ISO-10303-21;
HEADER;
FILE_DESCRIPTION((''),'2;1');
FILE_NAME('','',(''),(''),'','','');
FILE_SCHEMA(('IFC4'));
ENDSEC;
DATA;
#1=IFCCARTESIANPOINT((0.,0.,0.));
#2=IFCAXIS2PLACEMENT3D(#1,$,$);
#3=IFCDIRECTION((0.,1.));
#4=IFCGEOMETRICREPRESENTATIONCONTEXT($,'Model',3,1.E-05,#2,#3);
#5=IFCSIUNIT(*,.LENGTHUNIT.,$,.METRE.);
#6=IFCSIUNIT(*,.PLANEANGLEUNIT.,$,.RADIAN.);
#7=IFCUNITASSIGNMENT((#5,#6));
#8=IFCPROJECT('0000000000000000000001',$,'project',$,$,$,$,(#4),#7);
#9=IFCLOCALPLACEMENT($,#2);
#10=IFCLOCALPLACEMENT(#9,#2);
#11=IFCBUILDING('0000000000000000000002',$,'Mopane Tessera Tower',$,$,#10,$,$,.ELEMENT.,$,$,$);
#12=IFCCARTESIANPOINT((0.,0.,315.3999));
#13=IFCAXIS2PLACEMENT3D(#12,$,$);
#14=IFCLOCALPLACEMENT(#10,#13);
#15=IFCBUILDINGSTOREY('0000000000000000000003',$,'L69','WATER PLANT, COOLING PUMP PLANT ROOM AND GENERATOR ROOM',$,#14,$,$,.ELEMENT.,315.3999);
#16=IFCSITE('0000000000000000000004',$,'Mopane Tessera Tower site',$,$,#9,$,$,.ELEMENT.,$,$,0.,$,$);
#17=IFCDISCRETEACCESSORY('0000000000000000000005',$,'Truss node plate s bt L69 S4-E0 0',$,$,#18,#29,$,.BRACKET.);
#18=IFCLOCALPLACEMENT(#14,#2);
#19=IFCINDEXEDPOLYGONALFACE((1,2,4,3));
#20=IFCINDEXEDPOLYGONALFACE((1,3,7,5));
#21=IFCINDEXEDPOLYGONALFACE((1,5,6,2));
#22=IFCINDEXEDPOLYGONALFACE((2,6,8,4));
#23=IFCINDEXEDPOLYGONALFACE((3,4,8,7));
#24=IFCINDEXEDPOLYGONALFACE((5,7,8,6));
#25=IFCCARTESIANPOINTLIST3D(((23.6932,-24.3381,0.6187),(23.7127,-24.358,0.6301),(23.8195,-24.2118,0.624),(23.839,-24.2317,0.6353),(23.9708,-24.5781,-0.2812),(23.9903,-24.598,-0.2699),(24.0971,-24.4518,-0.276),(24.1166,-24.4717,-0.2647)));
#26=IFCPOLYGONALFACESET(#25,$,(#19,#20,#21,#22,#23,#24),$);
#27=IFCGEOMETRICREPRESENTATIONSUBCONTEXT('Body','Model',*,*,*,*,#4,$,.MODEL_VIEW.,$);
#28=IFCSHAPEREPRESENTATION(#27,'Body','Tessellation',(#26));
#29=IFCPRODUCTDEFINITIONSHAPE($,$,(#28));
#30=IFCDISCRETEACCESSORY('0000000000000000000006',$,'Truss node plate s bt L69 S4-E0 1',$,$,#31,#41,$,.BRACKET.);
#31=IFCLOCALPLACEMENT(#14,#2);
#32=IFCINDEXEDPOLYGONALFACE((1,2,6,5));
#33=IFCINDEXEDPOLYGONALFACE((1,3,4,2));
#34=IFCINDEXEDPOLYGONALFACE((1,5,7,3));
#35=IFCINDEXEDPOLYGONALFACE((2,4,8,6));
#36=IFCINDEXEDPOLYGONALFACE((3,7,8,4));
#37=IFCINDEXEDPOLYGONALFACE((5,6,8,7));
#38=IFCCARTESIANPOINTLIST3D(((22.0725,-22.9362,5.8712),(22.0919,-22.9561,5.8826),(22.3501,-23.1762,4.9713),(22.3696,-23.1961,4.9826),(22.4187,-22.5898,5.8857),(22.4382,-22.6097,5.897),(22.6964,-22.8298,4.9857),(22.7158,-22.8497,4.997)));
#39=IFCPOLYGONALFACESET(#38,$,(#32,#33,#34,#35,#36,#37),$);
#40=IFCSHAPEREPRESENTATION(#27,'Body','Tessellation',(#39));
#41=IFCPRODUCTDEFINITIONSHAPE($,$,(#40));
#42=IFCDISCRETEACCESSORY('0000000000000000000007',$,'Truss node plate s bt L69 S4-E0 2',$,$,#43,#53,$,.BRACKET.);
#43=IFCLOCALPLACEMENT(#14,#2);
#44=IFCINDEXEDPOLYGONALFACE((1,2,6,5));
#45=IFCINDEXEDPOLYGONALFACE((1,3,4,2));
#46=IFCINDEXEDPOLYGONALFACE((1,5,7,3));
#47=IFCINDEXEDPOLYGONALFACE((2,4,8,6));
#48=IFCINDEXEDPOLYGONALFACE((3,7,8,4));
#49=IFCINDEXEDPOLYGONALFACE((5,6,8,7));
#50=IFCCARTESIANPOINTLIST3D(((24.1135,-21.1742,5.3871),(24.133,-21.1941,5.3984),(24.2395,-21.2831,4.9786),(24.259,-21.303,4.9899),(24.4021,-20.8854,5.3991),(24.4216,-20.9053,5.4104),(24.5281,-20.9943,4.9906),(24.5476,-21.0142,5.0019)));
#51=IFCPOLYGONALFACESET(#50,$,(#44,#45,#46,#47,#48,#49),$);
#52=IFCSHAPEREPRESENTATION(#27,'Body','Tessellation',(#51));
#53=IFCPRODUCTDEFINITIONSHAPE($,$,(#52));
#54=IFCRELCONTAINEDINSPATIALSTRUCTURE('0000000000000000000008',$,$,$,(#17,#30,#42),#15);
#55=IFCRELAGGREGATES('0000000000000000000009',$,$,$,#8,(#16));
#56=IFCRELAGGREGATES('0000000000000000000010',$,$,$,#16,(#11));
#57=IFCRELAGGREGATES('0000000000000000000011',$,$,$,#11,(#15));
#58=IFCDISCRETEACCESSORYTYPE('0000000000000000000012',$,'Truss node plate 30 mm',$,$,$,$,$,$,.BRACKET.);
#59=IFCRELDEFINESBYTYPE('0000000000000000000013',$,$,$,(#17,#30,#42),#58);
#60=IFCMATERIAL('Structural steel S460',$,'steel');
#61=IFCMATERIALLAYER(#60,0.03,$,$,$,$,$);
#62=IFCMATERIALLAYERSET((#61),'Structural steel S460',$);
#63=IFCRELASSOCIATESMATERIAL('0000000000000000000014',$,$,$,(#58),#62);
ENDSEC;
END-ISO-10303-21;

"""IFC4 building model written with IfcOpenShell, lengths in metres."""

from ifc_helpers import new_model, si_unit, direction, frame, origin, origin_2d, place, context, subcontext, project, spatial, rectangle, extrude, material, layer, layer_set, type_object, element, save


model = new_model("IFC4")

# Units and contexts
model_context = context("Model", 3, precision=1e-05, world=origin(), true_north=direction((0.0, 1.0)))
body_context = subcontext(model_context, "Body", "Model", "MODEL_VIEW")
ifc_project = project(units=[si_unit("LENGTHUNIT", "METRE"), si_unit("PLANEANGLEUNIT", "RADIAN")], contexts=[model_context])

# Site, building, storey
site_placement = place(None, origin())
site = spatial("IfcSite", under=ifc_project, at=site_placement, Name="Mopane Tessera Tower site", CompositionType="ELEMENT", RefElevation=0.0)
building_placement = place(site_placement, origin())
building = spatial("IfcBuilding", under=site, at=building_placement, Name="Mopane Tessera Tower", CompositionType="ELEMENT")
storey_placement = place(building_placement, frame((0.0, 0.0, 315.3999)))
storey = spatial("IfcBuildingStorey", under=building, at=storey_placement, Name="L69", Description="WATER PLANT, COOLING PUMP PLANT ROOM AND GENERATOR ROOM", CompositionType="ELEMENT", Elevation=315.3999)

# Discrete accessories
ifc_material_1 = material(Name="Structural steel S460", Category="steel")
ifc_layer_1 = layer(ifc_material_1, 0.03)
ifc_layer_set_1 = layer_set([ifc_layer_1], Name="Structural steel S460")
discrete_accessory_type_1 = type_object("IfcDiscreteAccessoryType", Name="Truss node plate 30 mm", PredefinedType="BRACKET", material=ifc_layer_set_1)
discrete_accessory_1_placement = place(storey_placement, frame((24.0437, -24.5249, -0.2729), z_axis=(-0.285631, 0.246944, 0.925977), x_axis=(-0.647377, 0.662724, -0.376431)))
element("IfcDiscreteAccessory", 1, at=discrete_accessory_1_placement, inside=storey, type_object=discrete_accessory_type_1, Name="Truss node plate s bt L69 S4-E0 0", PredefinedType="BRACKET", context=body_context, shape_type="SweptSolid", body=[
    extrude(rectangle(XDim=0.03, YDim=0.1787, at=origin_2d()), origin(), (0.0, 0.0, 1.0), 0.9719),
])
discrete_accessory_2_placement = place(storey_placement, frame((22.533, -23.0129, 4.9841), z_axis=(-0.285631, 0.246944, 0.925977), x_axis=(-0.647377, 0.662724, -0.376431)))
element("IfcDiscreteAccessory", 2, at=discrete_accessory_2_placement, inside=storey, type_object=discrete_accessory_type_1, Name="Truss node plate s bt L69 S4-E0 1", PredefinedType="BRACKET", context=body_context, shape_type="SweptSolid", body=[
    extrude(rectangle(XDim=0.03, YDim=0.49, at=origin_2d()), origin(), (0.0, 0.0, 1.0), 0.9719),
])
discrete_accessory_3_placement = place(storey_placement, frame((24.3936, -21.1487, 4.9902), z_axis=(-0.285606, 0.246861, 0.926007), x_axis=(-0.647481, 0.662663, -0.376359)))
element("IfcDiscreteAccessory", 3, at=discrete_accessory_3_placement, inside=storey, type_object=discrete_accessory_type_1, Name="Truss node plate s bt L69 S4-E0 2", PredefinedType="BRACKET", context=body_context, shape_type="SweptSolid", body=[
    extrude(rectangle(XDim=0.03, YDim=0.4084, at=origin_2d()), origin(), (0.0, 0.0, 1.0), 0.4412),
])

save(model, "model.ifc")
